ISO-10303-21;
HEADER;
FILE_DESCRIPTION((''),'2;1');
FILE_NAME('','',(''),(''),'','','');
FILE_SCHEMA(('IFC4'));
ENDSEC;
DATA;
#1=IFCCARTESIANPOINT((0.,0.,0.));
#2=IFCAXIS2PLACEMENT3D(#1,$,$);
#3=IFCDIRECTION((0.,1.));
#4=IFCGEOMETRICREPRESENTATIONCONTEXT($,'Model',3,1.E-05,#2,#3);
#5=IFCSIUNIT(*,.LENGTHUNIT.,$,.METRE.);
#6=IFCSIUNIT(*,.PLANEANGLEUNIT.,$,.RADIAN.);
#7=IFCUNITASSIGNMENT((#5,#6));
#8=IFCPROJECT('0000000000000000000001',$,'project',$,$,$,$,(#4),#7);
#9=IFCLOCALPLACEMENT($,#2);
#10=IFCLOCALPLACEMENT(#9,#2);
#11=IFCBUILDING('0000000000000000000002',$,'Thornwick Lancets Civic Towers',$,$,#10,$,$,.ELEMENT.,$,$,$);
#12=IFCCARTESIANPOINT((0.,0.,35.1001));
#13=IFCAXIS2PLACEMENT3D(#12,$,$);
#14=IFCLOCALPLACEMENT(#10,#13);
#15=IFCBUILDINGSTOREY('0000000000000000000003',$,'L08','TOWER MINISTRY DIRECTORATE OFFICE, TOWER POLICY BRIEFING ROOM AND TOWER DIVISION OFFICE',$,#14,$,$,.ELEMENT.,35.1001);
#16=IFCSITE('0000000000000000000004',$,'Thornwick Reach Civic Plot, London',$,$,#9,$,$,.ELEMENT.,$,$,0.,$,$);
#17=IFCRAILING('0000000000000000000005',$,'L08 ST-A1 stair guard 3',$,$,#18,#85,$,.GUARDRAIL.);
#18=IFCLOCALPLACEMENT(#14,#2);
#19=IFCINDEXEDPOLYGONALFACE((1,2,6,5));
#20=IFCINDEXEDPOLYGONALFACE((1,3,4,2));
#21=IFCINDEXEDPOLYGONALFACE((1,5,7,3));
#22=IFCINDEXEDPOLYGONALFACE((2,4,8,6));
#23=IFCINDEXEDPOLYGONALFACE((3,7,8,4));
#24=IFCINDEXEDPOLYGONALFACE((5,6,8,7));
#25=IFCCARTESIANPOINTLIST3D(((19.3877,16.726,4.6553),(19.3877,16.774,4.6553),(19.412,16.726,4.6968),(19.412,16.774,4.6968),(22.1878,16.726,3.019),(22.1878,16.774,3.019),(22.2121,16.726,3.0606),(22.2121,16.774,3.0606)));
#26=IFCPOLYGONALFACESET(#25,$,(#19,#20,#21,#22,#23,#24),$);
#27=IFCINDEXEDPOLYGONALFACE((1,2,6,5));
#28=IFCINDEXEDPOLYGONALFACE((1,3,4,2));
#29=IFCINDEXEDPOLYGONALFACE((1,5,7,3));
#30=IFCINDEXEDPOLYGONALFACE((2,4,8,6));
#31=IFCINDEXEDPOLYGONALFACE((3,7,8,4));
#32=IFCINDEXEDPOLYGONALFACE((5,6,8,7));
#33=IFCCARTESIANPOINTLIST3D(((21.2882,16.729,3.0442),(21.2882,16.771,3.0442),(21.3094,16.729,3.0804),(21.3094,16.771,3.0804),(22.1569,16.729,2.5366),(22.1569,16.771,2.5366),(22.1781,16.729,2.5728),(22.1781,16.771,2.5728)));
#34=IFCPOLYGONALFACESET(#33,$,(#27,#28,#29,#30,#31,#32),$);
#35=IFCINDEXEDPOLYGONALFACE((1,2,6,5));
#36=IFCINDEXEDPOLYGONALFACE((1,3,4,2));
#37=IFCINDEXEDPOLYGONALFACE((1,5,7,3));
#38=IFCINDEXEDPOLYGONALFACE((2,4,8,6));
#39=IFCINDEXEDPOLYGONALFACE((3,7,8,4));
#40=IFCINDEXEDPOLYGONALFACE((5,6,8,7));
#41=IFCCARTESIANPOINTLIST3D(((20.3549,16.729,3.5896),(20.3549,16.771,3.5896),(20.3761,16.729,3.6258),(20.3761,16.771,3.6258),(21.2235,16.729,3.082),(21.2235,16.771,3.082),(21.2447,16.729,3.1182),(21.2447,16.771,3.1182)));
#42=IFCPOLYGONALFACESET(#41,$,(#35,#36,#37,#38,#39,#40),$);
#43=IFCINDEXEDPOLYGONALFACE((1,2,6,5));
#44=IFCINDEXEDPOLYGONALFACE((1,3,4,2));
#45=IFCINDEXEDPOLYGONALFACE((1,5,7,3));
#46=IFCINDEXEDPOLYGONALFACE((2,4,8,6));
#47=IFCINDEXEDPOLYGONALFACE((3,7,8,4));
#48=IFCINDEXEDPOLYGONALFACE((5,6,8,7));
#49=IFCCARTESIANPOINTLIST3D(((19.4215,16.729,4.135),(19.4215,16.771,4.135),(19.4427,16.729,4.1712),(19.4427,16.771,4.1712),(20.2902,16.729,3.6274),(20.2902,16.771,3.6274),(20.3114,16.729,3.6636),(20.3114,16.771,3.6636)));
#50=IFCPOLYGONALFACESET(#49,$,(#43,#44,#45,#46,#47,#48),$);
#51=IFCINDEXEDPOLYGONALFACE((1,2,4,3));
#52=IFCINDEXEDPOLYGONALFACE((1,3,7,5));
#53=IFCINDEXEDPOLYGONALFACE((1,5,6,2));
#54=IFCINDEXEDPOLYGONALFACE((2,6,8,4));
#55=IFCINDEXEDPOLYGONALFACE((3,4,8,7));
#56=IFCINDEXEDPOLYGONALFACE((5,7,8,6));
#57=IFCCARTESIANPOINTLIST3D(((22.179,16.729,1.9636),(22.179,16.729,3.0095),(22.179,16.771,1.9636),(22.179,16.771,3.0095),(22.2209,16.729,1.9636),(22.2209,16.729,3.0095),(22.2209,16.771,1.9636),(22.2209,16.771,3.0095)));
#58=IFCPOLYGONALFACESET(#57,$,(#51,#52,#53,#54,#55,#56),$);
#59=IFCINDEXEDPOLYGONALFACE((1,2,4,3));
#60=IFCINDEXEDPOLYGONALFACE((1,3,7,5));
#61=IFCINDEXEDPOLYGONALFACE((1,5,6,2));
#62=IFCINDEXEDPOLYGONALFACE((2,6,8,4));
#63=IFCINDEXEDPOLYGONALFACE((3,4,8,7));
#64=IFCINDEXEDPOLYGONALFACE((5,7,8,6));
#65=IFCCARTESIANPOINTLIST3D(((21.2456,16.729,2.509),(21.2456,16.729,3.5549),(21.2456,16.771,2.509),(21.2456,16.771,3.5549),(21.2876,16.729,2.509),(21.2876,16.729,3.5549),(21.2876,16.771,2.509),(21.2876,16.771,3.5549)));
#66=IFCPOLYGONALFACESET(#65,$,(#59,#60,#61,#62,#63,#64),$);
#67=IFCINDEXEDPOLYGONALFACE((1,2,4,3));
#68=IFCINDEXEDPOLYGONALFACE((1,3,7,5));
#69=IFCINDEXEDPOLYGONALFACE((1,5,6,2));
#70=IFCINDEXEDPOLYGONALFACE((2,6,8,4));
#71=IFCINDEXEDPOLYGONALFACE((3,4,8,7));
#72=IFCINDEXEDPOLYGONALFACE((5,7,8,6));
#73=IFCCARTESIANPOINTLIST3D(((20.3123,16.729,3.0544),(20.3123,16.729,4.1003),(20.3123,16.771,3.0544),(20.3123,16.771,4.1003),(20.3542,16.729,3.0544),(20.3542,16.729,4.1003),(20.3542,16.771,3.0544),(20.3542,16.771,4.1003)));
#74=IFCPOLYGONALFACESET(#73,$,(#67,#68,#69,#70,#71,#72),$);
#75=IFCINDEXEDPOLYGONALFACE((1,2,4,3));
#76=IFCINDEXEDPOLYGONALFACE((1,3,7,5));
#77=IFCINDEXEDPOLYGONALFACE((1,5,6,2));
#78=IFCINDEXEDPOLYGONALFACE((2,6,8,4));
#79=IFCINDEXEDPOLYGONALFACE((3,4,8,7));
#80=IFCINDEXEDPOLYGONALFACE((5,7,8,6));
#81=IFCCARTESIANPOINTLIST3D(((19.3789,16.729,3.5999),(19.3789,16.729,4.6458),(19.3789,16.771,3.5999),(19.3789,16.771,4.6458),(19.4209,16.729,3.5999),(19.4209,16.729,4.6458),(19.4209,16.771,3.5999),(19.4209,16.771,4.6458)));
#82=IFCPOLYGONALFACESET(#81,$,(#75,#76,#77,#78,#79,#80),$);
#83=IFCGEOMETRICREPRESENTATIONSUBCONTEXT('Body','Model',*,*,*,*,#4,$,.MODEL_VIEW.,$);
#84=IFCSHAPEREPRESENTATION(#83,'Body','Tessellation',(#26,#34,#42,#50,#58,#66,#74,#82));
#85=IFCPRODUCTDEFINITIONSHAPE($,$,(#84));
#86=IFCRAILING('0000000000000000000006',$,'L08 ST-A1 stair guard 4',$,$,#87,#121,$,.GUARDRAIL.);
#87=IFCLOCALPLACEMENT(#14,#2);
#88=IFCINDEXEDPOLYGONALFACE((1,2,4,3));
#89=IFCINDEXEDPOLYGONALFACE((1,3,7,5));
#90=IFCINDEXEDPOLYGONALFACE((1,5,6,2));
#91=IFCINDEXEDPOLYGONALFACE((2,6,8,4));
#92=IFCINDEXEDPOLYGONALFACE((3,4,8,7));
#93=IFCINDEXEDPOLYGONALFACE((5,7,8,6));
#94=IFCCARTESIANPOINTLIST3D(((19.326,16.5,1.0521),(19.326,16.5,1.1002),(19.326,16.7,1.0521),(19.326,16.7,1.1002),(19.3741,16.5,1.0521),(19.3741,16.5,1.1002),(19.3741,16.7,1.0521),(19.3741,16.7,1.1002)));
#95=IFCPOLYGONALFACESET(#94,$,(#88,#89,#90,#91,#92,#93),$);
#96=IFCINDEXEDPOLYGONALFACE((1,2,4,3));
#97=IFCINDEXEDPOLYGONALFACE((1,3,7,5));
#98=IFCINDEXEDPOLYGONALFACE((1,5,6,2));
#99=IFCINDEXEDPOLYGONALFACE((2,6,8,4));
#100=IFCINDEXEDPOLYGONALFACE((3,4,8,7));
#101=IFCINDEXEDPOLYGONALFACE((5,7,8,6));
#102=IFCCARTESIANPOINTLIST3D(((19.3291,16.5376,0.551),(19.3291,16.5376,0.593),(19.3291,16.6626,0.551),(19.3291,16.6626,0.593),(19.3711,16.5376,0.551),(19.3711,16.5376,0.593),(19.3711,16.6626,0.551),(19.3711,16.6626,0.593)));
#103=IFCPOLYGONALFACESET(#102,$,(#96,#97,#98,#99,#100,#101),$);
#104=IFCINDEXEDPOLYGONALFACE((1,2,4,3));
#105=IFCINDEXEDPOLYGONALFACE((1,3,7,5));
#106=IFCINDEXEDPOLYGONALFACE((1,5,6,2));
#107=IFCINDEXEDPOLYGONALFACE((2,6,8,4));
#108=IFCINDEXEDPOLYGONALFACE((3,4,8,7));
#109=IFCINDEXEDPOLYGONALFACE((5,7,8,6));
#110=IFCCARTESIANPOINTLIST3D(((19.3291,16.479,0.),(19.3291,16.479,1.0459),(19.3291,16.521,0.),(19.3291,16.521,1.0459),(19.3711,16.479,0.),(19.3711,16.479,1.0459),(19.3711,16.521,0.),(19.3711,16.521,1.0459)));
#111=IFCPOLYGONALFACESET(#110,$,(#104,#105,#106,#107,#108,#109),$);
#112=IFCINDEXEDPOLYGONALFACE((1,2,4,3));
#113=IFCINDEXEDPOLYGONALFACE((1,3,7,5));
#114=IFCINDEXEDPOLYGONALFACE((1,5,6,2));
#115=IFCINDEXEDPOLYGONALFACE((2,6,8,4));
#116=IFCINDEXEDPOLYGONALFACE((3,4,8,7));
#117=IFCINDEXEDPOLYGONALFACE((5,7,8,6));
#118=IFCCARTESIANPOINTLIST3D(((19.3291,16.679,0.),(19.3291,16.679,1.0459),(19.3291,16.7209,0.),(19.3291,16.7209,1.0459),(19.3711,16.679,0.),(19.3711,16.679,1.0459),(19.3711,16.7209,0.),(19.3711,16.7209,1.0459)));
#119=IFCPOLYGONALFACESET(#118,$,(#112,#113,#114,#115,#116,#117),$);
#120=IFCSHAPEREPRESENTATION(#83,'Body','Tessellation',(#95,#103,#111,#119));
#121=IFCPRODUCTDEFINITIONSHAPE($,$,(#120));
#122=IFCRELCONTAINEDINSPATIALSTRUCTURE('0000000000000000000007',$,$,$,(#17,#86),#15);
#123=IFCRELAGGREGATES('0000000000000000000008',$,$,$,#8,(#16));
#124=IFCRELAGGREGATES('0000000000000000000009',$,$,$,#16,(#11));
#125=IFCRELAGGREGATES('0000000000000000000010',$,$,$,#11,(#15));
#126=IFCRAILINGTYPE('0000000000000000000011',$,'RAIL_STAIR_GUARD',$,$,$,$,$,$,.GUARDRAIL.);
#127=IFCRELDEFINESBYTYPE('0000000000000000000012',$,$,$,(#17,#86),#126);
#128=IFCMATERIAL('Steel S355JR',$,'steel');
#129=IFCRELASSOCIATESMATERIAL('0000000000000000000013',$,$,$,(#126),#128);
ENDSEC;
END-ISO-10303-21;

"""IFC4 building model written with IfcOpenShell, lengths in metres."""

from ifc_helpers import new_model, si_unit, direction, frame, origin, origin_2d, place, context, subcontext, project, spatial, rectangle, extrude, material, type_object, element, save


model = new_model("IFC4")

# Units and contexts
model_context = context("Model", 3, precision=1e-05, world=origin(), true_north=direction((0.0, 1.0)))
body_context = subcontext(model_context, "Body", "Model", "MODEL_VIEW")
ifc_project = project(units=[si_unit("LENGTHUNIT", "METRE"), si_unit("PLANEANGLEUNIT", "RADIAN")], contexts=[model_context])

# Site, building, storey
site_placement = place(None, origin())
site = spatial("IfcSite", under=ifc_project, at=site_placement, Name="Thornwick Reach Civic Plot, London", CompositionType="ELEMENT", RefElevation=0.0)
building_placement = place(site_placement, origin())
building = spatial("IfcBuilding", under=site, at=building_placement, Name="Thornwick Lancets Civic Towers", CompositionType="ELEMENT")
storey_placement = place(building_placement, frame((0.0, 0.0, 35.1001)))
storey = spatial("IfcBuildingStorey", under=building, at=storey_placement, Name="L08", Description="TOWER MINISTRY DIRECTORATE OFFICE, TOWER POLICY BRIEFING ROOM AND TOWER DIVISION OFFICE", CompositionType="ELEMENT", Elevation=35.1001)

# Shared definitions
ifc_material_1 = material(Name="Steel S355JR", Category="steel")

# Railings
railing_type_1 = type_object("IfcRailingType", Name="RAIL_STAIR_GUARD", PredefinedType="GUARDRAIL", material=ifc_material_1)
railing_1_placement = place(storey_placement, frame((22.2, 16.75, 1.9636)))
element("IfcRailing", 1, at=railing_1_placement, inside=storey, type_object=railing_type_1, Name="L08 ST-A1 stair guard 3", PredefinedType="GUARDRAIL", context=body_context, shape_type="SweptSolid", body=[
    extrude(rectangle(XDim=0.0481, YDim=0.0481, at=origin_2d()), frame((0.0, 0.0, 1.0762), z_axis=(-0.863394, 0.0, 0.504531), x_axis=(0.0, -1.0, 0.0)), (0.0, 0.0, 1.0), 3.2432),
    extrude(rectangle(XDim=0.042, YDim=0.042, at=origin_2d()), frame((-0.0325, 0.0, 0.5911), z_axis=(-0.863394, 0.0, 0.504531), x_axis=(0.0, -1.0, 0.0)), (0.0, 0.0, 1.0), 1.0061),
    extrude(rectangle(XDim=0.042, YDim=0.042, at=origin_2d()), frame((-0.9658, 0.0, 1.1365), z_axis=(-0.863394, 0.0, 0.504531), x_axis=(0.0, -1.0, 0.0)), (0.0, 0.0, 1.0), 1.0061),
    extrude(rectangle(XDim=0.042, YDim=0.042, at=origin_2d()), frame((-1.8992, 0.0, 1.6819), z_axis=(-0.863394, 0.0, 0.504531), x_axis=(0.0, -1.0, 0.0)), (0.0, 0.0, 1.0), 1.0061),
    extrude(rectangle(XDim=0.042, YDim=0.042, at=origin_2d()), origin(), (0.0, 0.0, 1.0), 1.0459),
    extrude(rectangle(XDim=0.042, YDim=0.042, at=origin_2d()), frame((-0.9333, 0.0, 0.5454)), (0.0, 0.0, 1.0), 1.0459),
    extrude(rectangle(XDim=0.042, YDim=0.042, at=origin_2d()), frame((-1.8667, 0.0, 1.0908)), (0.0, 0.0, 1.0), 1.0459),
    extrude(rectangle(XDim=0.042, YDim=0.042, at=origin_2d()), frame((-2.8, 0.0, 1.6362)), (0.0, 0.0, 1.0), 1.0459),
])
railing_2_placement = place(storey_placement, frame((19.3501, 16.5, 0.0)))
element("IfcRailing", 2, at=railing_2_placement, inside=storey, type_object=railing_type_1, Name="L08 ST-A1 stair guard 4", PredefinedType="GUARDRAIL", context=body_context, shape_type="SweptSolid", body=[
    extrude(rectangle(XDim=0.0481, YDim=0.0481, at=origin_2d()), frame((0.0, 0.0, 1.0762), z_axis=(0.0, 1.0, 0.0), x_axis=(-1.0, 0.0, 0.0)), (0.0, 0.0, 1.0), 0.2),
    extrude(rectangle(XDim=0.042, YDim=0.042, at=origin_2d()), frame((0.0, 0.0376, 0.572), z_axis=(0.0, 1.0, 0.0), x_axis=(-1.0, 0.0, 0.0)), (0.0, 0.0, 1.0), 0.125),
    extrude(rectangle(XDim=0.042, YDim=0.042, at=origin_2d()), origin(), (0.0, 0.0, 1.0), 1.0459),
    extrude(rectangle(XDim=0.042, YDim=0.042, at=origin_2d()), frame((0.0, 0.2, 0.0)), (0.0, 0.0, 1.0), 1.0459),
])

save(model, "model.ifc")
